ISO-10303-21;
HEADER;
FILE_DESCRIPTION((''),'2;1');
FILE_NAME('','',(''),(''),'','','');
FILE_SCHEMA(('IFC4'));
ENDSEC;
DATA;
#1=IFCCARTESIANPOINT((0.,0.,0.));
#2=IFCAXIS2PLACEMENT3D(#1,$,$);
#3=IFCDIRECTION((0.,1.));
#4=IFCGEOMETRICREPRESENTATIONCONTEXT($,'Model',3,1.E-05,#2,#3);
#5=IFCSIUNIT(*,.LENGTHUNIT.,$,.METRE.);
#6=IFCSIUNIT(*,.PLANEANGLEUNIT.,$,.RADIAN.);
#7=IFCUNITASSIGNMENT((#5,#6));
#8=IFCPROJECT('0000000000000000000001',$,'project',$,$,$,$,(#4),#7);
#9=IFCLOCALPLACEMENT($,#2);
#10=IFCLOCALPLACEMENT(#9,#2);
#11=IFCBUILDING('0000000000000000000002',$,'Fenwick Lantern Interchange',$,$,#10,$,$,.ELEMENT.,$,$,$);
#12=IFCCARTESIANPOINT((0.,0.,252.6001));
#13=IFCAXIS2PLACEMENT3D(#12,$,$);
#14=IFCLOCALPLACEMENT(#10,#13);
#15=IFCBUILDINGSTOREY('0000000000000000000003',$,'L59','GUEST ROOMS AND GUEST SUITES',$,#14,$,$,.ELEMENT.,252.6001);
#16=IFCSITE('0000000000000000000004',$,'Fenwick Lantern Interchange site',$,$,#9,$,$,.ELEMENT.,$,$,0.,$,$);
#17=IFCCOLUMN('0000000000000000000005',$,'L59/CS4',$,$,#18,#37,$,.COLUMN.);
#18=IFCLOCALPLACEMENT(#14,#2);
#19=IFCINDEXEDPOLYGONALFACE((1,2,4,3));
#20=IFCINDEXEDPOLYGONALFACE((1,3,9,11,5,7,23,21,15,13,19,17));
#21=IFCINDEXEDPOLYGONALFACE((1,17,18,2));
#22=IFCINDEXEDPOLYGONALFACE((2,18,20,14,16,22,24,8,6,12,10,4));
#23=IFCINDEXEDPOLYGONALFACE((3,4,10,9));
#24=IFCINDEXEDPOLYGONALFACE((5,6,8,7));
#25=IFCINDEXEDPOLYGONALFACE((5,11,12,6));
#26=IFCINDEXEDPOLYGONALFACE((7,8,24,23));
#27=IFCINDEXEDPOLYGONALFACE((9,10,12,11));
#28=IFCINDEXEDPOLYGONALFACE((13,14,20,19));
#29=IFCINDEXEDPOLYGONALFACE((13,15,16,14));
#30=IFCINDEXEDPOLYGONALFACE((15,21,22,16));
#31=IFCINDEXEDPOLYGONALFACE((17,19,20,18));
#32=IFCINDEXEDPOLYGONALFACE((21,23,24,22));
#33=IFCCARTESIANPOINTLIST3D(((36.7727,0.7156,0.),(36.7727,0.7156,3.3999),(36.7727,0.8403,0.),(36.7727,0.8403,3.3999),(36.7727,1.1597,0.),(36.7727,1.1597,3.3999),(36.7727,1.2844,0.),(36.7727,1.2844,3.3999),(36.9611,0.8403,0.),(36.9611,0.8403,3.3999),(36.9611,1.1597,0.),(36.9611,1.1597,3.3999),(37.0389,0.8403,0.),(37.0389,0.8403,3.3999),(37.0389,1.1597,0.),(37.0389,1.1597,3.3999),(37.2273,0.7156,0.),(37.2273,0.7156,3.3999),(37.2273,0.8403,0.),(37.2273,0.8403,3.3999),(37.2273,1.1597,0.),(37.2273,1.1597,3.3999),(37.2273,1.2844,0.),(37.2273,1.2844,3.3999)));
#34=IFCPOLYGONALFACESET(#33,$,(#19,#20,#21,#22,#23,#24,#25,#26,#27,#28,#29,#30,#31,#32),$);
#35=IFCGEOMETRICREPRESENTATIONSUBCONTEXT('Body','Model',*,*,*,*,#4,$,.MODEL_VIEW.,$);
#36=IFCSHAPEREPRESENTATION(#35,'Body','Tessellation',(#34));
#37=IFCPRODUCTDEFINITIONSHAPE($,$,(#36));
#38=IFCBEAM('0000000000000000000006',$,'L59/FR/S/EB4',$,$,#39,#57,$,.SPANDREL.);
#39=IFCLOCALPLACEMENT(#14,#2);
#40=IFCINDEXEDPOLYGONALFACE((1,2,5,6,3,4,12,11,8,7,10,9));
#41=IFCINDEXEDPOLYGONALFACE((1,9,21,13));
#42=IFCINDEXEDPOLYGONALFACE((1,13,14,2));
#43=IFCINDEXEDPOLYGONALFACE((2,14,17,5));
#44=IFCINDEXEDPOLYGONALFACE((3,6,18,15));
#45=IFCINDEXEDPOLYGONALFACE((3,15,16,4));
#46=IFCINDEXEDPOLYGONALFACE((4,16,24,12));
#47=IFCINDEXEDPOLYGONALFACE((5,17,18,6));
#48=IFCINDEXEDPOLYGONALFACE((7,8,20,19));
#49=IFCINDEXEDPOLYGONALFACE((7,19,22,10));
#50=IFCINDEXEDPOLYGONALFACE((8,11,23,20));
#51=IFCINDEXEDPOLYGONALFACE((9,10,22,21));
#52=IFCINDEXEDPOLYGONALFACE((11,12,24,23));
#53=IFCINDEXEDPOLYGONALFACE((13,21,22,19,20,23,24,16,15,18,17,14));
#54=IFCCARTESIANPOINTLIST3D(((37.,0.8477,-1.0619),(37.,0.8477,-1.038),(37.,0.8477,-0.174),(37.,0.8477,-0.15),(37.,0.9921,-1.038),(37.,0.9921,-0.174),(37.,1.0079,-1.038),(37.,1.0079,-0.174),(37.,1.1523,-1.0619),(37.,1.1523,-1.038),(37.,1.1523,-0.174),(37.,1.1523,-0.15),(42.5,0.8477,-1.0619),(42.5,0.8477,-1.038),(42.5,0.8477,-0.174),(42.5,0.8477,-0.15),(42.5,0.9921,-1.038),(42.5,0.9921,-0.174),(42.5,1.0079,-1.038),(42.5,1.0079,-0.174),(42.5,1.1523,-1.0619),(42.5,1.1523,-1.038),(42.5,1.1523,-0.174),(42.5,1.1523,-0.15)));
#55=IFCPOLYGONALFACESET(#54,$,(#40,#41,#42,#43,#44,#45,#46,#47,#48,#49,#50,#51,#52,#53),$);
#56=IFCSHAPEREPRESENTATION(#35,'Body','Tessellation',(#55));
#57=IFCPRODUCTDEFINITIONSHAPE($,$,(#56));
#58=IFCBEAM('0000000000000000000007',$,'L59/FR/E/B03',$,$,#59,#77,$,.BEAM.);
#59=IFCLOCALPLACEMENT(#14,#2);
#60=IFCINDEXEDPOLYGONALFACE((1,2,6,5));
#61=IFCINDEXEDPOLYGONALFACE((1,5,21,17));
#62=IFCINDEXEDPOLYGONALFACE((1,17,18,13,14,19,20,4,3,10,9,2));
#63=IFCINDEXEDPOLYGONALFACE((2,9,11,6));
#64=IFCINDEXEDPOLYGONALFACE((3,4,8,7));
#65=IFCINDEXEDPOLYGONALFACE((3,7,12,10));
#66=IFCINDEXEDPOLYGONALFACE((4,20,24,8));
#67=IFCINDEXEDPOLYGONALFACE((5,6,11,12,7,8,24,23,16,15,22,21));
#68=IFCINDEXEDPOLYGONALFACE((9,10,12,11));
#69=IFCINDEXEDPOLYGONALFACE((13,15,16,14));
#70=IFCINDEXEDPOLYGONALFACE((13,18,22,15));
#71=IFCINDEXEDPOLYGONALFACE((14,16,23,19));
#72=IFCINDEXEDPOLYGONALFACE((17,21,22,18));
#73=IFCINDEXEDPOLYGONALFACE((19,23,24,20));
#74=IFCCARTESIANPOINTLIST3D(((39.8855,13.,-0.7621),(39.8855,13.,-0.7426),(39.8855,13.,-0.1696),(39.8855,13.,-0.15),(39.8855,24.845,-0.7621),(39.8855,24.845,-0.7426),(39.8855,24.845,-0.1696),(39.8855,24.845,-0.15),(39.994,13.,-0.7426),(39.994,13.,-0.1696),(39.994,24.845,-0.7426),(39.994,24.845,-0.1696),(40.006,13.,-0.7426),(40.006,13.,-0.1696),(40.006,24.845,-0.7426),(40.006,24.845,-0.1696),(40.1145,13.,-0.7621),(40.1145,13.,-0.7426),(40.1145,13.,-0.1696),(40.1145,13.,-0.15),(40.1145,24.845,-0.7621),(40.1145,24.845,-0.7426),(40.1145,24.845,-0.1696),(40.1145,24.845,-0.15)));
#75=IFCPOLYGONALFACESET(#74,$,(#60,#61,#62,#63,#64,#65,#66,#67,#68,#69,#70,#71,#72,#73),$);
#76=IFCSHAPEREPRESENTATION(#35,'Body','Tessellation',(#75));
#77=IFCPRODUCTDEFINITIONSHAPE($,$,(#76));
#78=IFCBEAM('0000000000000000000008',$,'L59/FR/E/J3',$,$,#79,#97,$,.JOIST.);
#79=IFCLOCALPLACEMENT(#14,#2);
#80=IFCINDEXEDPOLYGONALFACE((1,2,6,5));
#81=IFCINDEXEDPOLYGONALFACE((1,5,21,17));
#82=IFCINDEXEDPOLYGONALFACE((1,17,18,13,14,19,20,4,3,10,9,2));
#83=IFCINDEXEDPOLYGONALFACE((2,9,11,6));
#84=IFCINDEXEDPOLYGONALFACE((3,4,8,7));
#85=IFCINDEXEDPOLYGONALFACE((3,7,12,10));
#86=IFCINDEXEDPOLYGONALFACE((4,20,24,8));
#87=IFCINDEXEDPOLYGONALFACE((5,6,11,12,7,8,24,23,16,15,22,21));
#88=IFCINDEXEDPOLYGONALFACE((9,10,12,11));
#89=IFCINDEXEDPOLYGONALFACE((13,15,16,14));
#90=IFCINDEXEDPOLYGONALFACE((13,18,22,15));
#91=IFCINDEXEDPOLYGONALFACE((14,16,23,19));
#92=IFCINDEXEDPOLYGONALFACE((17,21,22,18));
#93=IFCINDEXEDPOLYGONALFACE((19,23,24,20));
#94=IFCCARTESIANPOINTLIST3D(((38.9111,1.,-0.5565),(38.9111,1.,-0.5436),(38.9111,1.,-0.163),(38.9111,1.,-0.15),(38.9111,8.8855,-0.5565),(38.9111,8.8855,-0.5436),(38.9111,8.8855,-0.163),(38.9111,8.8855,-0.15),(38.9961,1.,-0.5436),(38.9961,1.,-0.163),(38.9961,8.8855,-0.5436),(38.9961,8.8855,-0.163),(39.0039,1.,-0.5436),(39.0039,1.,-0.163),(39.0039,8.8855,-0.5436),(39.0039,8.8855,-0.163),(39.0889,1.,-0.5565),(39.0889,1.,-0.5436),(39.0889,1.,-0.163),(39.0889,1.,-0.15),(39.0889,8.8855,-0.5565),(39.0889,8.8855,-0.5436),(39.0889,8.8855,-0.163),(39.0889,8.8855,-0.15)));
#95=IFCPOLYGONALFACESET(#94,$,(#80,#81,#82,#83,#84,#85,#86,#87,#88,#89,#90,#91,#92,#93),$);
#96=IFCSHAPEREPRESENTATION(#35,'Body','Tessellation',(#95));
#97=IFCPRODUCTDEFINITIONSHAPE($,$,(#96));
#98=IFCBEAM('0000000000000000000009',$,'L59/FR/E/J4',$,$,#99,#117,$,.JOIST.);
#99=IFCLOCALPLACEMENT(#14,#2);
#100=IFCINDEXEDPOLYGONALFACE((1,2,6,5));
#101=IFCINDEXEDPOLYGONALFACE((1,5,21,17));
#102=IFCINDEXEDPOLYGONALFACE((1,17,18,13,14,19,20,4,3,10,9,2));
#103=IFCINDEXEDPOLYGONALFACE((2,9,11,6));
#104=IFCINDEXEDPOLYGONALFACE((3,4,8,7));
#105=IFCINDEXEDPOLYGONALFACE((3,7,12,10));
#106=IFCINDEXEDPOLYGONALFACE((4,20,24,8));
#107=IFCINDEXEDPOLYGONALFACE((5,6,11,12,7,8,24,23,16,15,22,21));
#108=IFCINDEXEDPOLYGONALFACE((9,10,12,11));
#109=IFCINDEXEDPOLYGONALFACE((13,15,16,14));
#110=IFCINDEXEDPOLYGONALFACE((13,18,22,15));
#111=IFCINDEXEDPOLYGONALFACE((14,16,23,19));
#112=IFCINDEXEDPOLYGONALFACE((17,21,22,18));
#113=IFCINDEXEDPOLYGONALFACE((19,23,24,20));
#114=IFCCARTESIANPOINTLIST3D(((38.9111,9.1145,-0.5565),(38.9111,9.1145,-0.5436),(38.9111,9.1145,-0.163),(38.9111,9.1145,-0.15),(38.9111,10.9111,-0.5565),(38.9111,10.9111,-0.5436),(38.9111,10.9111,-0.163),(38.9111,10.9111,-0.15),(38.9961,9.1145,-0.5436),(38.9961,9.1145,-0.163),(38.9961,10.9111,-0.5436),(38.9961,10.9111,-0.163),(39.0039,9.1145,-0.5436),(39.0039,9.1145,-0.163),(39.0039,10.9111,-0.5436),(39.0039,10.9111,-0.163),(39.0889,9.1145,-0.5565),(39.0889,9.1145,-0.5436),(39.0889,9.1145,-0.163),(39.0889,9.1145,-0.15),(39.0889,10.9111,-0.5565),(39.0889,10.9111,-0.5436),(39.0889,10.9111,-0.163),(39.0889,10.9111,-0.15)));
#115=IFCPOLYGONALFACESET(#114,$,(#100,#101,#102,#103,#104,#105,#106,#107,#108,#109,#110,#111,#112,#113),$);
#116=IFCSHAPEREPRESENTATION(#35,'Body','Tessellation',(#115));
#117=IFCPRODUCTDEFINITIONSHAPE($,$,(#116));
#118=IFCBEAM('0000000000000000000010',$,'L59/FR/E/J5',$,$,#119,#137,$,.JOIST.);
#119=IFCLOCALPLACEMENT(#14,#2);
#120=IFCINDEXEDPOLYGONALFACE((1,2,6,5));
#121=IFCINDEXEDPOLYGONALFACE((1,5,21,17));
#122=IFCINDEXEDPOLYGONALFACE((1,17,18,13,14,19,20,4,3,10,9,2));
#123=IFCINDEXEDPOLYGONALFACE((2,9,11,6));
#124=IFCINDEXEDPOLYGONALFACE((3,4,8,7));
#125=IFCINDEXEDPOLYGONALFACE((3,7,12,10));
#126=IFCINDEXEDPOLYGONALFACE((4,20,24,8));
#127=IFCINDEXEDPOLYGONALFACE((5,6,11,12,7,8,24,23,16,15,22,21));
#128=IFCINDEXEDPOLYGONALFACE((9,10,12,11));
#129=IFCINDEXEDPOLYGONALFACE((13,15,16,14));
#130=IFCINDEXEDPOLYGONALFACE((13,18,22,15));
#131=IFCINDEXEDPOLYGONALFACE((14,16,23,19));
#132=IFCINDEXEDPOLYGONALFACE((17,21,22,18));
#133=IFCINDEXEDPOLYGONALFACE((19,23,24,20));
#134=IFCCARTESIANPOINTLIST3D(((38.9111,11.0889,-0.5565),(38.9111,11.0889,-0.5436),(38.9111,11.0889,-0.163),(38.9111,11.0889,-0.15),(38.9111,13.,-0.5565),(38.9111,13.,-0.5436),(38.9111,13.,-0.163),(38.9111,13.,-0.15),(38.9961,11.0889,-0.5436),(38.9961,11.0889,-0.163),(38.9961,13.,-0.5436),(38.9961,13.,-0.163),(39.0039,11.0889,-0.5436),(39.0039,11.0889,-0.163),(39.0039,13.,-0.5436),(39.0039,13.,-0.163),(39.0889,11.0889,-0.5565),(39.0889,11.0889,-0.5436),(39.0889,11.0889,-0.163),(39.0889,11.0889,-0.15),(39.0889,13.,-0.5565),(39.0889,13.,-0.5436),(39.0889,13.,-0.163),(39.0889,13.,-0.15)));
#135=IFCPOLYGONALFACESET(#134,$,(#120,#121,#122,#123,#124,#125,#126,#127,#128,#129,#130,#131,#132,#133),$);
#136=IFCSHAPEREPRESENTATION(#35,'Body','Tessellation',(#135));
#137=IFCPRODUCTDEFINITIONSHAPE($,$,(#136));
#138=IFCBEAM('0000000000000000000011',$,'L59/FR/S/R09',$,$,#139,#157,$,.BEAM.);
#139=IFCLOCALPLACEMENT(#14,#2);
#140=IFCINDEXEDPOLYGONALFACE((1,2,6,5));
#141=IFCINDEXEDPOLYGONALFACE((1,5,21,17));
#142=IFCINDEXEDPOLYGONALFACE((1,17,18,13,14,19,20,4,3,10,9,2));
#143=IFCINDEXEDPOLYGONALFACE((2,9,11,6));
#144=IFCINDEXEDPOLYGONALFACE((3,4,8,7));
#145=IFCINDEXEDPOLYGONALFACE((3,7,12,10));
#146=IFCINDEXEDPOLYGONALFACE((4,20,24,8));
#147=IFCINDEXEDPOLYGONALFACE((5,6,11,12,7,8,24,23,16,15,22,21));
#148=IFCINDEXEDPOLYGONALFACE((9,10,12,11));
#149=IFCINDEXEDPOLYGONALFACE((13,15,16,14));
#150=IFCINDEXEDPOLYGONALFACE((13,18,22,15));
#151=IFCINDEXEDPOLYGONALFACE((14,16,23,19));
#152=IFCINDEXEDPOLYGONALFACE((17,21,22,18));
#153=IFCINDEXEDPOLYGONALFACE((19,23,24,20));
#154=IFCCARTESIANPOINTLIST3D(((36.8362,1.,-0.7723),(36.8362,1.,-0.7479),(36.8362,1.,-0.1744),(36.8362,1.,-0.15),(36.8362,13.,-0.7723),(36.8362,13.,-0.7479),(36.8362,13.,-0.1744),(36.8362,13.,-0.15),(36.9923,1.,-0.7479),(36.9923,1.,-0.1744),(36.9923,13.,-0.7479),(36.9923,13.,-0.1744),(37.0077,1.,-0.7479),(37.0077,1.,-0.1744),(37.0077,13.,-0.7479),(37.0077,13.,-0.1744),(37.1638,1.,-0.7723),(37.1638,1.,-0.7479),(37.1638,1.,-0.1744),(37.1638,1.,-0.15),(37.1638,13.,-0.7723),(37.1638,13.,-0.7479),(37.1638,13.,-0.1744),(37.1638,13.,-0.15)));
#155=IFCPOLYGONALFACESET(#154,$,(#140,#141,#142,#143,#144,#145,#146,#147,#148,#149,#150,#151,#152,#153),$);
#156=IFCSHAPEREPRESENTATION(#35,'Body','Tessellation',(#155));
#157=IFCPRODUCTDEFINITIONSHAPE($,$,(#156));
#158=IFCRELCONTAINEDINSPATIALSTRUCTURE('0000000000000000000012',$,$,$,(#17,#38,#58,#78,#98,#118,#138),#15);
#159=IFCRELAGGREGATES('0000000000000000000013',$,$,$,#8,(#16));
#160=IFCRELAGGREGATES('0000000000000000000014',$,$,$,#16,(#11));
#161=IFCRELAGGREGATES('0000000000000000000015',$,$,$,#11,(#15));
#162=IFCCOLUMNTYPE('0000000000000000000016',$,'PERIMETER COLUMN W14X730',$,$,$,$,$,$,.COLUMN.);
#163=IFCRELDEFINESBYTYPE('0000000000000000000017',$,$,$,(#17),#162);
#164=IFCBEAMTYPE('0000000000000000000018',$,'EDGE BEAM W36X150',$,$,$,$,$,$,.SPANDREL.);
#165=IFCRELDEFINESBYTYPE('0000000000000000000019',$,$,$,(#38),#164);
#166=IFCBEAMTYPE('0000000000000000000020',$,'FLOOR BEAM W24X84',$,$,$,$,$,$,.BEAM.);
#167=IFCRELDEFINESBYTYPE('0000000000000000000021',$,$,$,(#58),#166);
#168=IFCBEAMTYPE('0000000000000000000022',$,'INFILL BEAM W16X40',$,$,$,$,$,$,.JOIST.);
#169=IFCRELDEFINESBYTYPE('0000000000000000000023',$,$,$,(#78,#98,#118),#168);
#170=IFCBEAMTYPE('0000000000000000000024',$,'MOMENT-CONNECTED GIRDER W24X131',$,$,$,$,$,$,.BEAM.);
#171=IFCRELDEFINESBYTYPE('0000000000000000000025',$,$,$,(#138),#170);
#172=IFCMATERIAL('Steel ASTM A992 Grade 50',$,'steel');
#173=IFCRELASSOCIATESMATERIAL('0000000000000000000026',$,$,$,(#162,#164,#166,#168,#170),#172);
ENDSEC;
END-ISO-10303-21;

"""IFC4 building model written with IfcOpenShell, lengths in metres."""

from ifc_helpers import new_model, si_unit, direction, frame, origin, origin_2d, place, context, subcontext, project, spatial, i_section, extrude, material, material_profile, profile_set, type_object, element, save


model = new_model("IFC4")

# Units and contexts
model_context = context("Model", 3, precision=1e-05, world=origin(), true_north=direction((0.0, 1.0)))
body_context = subcontext(model_context, "Body", "Model", "MODEL_VIEW")
ifc_project = project(units=[si_unit("LENGTHUNIT", "METRE"), si_unit("PLANEANGLEUNIT", "RADIAN")], contexts=[model_context])

# Site, building, storey
site_placement = place(None, origin())
site = spatial("IfcSite", under=ifc_project, at=site_placement, Name="Fenwick Lantern Interchange site", CompositionType="ELEMENT", RefElevation=0.0)
building_placement = place(site_placement, origin())
building = spatial("IfcBuilding", under=site, at=building_placement, Name="Fenwick Lantern Interchange", CompositionType="ELEMENT")
storey_placement = place(building_placement, frame((0.0, 0.0, 252.6001)))
storey = spatial("IfcBuildingStorey", under=building, at=storey_placement, Name="L59", Description="GUEST ROOMS AND GUEST SUITES", CompositionType="ELEMENT", Elevation=252.6001)

# Column
ifc_material_1 = material(Name="Steel ASTM A992 Grade 50", Category="steel")
ifc_material_profile_1 = material_profile(ifc_material_1, i_section(OverallWidth=0.4546, OverallDepth=0.5688, WebThickness=0.0779, FlangeThickness=0.1248, at=origin_2d()), Name="W14X730")
ifc_profile_set_1 = profile_set([ifc_material_profile_1], Name="Steel ASTM A992 Grade 50")
column_type = type_object("IfcColumnType", Name="PERIMETER COLUMN W14X730", PredefinedType="COLUMN", material=ifc_profile_set_1)
column_placement = place(storey_placement, frame((37.0, 1.0, 0.0), z_axis=(0.0, 0.0, 1.0), x_axis=(1.0, 0.0, 0.0)))
element("IfcColumn", 1, at=column_placement, inside=storey, type_object=column_type, Name="L59/CS4", PredefinedType="COLUMN", context=body_context, shape_type="SweptSolid", body=[
    extrude(i_section(OverallWidth=0.4546, OverallDepth=0.5688, WebThickness=0.0779, FlangeThickness=0.1248, at=origin_2d()), origin(), (0.0, 0.0, 1.0), 3.3999),
])

# Beams
ifc_material_profile_2 = material_profile(ifc_material_1, i_section(OverallWidth=0.3047, OverallDepth=0.9119, WebThickness=0.0159, FlangeThickness=0.0239, at=origin_2d()), Name="W36X150")
ifc_profile_set_2 = profile_set([ifc_material_profile_2], Name="Steel ASTM A992 Grade 50")
beam_type_1 = type_object("IfcBeamType", Name="EDGE BEAM W36X150", PredefinedType="SPANDREL", material=ifc_profile_set_2)
beam_1_placement = place(storey_placement, frame((37.0, 1.0, -0.606), z_axis=(1.0, 0.0, 0.0), x_axis=(0.0, 1.0, 0.0)))
element("IfcBeam", 2, at=beam_1_placement, inside=storey, type_object=beam_type_1, Name="L59/FR/S/EB4", PredefinedType="SPANDREL", context=body_context, shape_type="SweptSolid", body=[
    extrude(i_section(OverallWidth=0.3047, OverallDepth=0.9119, WebThickness=0.0159, FlangeThickness=0.0239, at=origin_2d()), origin(), (0.0, 0.0, 1.0), 5.5),
])
ifc_material_profile_3 = material_profile(ifc_material_1, i_section(OverallWidth=0.229, OverallDepth=0.6121, WebThickness=0.012, FlangeThickness=0.0195, at=origin_2d()), Name="W24X84")
ifc_profile_set_3 = profile_set([ifc_material_profile_3], Name="Steel ASTM A992 Grade 50")
beam_type_2 = type_object("IfcBeamType", Name="FLOOR BEAM W24X84", PredefinedType="BEAM", material=ifc_profile_set_3)
beam_2_placement = place(storey_placement, frame((40.0, 13.0, -0.4561), z_axis=(0.0, 1.0, 0.0), x_axis=(-1.0, 0.0, 0.0)))
element("IfcBeam", 3, at=beam_2_placement, inside=storey, type_object=beam_type_2, Name="L59/FR/E/B03", PredefinedType="BEAM", context=body_context, shape_type="SweptSolid", body=[
    extrude(i_section(OverallWidth=0.229, OverallDepth=0.6121, WebThickness=0.012, FlangeThickness=0.0195, at=origin_2d()), origin(), (0.0, 0.0, 1.0), 11.845),
])
ifc_material_profile_4 = material_profile(ifc_material_1, i_section(OverallWidth=0.1777, OverallDepth=0.4065, WebThickness=0.0078, FlangeThickness=0.0129, at=origin_2d()), Name="W16X40")
ifc_profile_set_4 = profile_set([ifc_material_profile_4], Name="Steel ASTM A992 Grade 50")
beam_type_3 = type_object("IfcBeamType", Name="INFILL BEAM W16X40", PredefinedType="JOIST", material=ifc_profile_set_4)
beam_3_placement = place(storey_placement, frame((39.0, 1.0, -0.3533), z_axis=(0.0, 1.0, 0.0), x_axis=(-1.0, 0.0, 0.0)))
element("IfcBeam", 4, at=beam_3_placement, inside=storey, type_object=beam_type_3, Name="L59/FR/E/J3", PredefinedType="JOIST", context=body_context, shape_type="SweptSolid", body=[
    extrude(i_section(OverallWidth=0.1777, OverallDepth=0.4065, WebThickness=0.0078, FlangeThickness=0.0129, at=origin_2d()), origin(), (0.0, 0.0, 1.0), 7.8855),
])
beam_4_placement = place(storey_placement, frame((39.0, 9.1145, -0.3533), z_axis=(0.0, 1.0, 0.0), x_axis=(-1.0, 0.0, 0.0)))
element("IfcBeam", 5, at=beam_4_placement, inside=storey, type_object=beam_type_3, Name="L59/FR/E/J4", PredefinedType="JOIST", context=body_context, shape_type="SweptSolid", body=[
    extrude(i_section(OverallWidth=0.1777, OverallDepth=0.4065, WebThickness=0.0078, FlangeThickness=0.0129, at=origin_2d()), origin(), (0.0, 0.0, 1.0), 1.7966),
])
beam_5_placement = place(storey_placement, frame((39.0, 11.0889, -0.3533), z_axis=(0.0, 1.0, 0.0), x_axis=(-1.0, 0.0, 0.0)))
element("IfcBeam", 6, at=beam_5_placement, inside=storey, type_object=beam_type_3, Name="L59/FR/E/J5", PredefinedType="JOIST", context=body_context, shape_type="SweptSolid", body=[
    extrude(i_section(OverallWidth=0.1777, OverallDepth=0.4065, WebThickness=0.0078, FlangeThickness=0.0129, at=origin_2d()), origin(), (0.0, 0.0, 1.0), 1.9111),
])
ifc_material_profile_5 = material_profile(ifc_material_1, i_section(OverallWidth=0.3276, OverallDepth=0.6223, WebThickness=0.0154, FlangeThickness=0.0244, at=origin_2d()), Name="W24X131")
ifc_profile_set_5 = profile_set([ifc_material_profile_5], Name="Steel ASTM A992 Grade 50")
beam_type_4 = type_object("IfcBeamType", Name="MOMENT-CONNECTED GIRDER W24X131", PredefinedType="BEAM", material=ifc_profile_set_5)
beam_6_placement = place(storey_placement, frame((37.0, 1.0, -0.4612), z_axis=(0.0, 1.0, 0.0), x_axis=(-1.0, 0.0, 0.0)))
element("IfcBeam", 7, at=beam_6_placement, inside=storey, type_object=beam_type_4, Name="L59/FR/S/R09", PredefinedType="BEAM", context=body_context, shape_type="SweptSolid", body=[
    extrude(i_section(OverallWidth=0.3276, OverallDepth=0.6223, WebThickness=0.0154, FlangeThickness=0.0244, at=origin_2d()), origin(), (0.0, 0.0, 1.0), 12.0),
])

save(model, "model.ifc")
